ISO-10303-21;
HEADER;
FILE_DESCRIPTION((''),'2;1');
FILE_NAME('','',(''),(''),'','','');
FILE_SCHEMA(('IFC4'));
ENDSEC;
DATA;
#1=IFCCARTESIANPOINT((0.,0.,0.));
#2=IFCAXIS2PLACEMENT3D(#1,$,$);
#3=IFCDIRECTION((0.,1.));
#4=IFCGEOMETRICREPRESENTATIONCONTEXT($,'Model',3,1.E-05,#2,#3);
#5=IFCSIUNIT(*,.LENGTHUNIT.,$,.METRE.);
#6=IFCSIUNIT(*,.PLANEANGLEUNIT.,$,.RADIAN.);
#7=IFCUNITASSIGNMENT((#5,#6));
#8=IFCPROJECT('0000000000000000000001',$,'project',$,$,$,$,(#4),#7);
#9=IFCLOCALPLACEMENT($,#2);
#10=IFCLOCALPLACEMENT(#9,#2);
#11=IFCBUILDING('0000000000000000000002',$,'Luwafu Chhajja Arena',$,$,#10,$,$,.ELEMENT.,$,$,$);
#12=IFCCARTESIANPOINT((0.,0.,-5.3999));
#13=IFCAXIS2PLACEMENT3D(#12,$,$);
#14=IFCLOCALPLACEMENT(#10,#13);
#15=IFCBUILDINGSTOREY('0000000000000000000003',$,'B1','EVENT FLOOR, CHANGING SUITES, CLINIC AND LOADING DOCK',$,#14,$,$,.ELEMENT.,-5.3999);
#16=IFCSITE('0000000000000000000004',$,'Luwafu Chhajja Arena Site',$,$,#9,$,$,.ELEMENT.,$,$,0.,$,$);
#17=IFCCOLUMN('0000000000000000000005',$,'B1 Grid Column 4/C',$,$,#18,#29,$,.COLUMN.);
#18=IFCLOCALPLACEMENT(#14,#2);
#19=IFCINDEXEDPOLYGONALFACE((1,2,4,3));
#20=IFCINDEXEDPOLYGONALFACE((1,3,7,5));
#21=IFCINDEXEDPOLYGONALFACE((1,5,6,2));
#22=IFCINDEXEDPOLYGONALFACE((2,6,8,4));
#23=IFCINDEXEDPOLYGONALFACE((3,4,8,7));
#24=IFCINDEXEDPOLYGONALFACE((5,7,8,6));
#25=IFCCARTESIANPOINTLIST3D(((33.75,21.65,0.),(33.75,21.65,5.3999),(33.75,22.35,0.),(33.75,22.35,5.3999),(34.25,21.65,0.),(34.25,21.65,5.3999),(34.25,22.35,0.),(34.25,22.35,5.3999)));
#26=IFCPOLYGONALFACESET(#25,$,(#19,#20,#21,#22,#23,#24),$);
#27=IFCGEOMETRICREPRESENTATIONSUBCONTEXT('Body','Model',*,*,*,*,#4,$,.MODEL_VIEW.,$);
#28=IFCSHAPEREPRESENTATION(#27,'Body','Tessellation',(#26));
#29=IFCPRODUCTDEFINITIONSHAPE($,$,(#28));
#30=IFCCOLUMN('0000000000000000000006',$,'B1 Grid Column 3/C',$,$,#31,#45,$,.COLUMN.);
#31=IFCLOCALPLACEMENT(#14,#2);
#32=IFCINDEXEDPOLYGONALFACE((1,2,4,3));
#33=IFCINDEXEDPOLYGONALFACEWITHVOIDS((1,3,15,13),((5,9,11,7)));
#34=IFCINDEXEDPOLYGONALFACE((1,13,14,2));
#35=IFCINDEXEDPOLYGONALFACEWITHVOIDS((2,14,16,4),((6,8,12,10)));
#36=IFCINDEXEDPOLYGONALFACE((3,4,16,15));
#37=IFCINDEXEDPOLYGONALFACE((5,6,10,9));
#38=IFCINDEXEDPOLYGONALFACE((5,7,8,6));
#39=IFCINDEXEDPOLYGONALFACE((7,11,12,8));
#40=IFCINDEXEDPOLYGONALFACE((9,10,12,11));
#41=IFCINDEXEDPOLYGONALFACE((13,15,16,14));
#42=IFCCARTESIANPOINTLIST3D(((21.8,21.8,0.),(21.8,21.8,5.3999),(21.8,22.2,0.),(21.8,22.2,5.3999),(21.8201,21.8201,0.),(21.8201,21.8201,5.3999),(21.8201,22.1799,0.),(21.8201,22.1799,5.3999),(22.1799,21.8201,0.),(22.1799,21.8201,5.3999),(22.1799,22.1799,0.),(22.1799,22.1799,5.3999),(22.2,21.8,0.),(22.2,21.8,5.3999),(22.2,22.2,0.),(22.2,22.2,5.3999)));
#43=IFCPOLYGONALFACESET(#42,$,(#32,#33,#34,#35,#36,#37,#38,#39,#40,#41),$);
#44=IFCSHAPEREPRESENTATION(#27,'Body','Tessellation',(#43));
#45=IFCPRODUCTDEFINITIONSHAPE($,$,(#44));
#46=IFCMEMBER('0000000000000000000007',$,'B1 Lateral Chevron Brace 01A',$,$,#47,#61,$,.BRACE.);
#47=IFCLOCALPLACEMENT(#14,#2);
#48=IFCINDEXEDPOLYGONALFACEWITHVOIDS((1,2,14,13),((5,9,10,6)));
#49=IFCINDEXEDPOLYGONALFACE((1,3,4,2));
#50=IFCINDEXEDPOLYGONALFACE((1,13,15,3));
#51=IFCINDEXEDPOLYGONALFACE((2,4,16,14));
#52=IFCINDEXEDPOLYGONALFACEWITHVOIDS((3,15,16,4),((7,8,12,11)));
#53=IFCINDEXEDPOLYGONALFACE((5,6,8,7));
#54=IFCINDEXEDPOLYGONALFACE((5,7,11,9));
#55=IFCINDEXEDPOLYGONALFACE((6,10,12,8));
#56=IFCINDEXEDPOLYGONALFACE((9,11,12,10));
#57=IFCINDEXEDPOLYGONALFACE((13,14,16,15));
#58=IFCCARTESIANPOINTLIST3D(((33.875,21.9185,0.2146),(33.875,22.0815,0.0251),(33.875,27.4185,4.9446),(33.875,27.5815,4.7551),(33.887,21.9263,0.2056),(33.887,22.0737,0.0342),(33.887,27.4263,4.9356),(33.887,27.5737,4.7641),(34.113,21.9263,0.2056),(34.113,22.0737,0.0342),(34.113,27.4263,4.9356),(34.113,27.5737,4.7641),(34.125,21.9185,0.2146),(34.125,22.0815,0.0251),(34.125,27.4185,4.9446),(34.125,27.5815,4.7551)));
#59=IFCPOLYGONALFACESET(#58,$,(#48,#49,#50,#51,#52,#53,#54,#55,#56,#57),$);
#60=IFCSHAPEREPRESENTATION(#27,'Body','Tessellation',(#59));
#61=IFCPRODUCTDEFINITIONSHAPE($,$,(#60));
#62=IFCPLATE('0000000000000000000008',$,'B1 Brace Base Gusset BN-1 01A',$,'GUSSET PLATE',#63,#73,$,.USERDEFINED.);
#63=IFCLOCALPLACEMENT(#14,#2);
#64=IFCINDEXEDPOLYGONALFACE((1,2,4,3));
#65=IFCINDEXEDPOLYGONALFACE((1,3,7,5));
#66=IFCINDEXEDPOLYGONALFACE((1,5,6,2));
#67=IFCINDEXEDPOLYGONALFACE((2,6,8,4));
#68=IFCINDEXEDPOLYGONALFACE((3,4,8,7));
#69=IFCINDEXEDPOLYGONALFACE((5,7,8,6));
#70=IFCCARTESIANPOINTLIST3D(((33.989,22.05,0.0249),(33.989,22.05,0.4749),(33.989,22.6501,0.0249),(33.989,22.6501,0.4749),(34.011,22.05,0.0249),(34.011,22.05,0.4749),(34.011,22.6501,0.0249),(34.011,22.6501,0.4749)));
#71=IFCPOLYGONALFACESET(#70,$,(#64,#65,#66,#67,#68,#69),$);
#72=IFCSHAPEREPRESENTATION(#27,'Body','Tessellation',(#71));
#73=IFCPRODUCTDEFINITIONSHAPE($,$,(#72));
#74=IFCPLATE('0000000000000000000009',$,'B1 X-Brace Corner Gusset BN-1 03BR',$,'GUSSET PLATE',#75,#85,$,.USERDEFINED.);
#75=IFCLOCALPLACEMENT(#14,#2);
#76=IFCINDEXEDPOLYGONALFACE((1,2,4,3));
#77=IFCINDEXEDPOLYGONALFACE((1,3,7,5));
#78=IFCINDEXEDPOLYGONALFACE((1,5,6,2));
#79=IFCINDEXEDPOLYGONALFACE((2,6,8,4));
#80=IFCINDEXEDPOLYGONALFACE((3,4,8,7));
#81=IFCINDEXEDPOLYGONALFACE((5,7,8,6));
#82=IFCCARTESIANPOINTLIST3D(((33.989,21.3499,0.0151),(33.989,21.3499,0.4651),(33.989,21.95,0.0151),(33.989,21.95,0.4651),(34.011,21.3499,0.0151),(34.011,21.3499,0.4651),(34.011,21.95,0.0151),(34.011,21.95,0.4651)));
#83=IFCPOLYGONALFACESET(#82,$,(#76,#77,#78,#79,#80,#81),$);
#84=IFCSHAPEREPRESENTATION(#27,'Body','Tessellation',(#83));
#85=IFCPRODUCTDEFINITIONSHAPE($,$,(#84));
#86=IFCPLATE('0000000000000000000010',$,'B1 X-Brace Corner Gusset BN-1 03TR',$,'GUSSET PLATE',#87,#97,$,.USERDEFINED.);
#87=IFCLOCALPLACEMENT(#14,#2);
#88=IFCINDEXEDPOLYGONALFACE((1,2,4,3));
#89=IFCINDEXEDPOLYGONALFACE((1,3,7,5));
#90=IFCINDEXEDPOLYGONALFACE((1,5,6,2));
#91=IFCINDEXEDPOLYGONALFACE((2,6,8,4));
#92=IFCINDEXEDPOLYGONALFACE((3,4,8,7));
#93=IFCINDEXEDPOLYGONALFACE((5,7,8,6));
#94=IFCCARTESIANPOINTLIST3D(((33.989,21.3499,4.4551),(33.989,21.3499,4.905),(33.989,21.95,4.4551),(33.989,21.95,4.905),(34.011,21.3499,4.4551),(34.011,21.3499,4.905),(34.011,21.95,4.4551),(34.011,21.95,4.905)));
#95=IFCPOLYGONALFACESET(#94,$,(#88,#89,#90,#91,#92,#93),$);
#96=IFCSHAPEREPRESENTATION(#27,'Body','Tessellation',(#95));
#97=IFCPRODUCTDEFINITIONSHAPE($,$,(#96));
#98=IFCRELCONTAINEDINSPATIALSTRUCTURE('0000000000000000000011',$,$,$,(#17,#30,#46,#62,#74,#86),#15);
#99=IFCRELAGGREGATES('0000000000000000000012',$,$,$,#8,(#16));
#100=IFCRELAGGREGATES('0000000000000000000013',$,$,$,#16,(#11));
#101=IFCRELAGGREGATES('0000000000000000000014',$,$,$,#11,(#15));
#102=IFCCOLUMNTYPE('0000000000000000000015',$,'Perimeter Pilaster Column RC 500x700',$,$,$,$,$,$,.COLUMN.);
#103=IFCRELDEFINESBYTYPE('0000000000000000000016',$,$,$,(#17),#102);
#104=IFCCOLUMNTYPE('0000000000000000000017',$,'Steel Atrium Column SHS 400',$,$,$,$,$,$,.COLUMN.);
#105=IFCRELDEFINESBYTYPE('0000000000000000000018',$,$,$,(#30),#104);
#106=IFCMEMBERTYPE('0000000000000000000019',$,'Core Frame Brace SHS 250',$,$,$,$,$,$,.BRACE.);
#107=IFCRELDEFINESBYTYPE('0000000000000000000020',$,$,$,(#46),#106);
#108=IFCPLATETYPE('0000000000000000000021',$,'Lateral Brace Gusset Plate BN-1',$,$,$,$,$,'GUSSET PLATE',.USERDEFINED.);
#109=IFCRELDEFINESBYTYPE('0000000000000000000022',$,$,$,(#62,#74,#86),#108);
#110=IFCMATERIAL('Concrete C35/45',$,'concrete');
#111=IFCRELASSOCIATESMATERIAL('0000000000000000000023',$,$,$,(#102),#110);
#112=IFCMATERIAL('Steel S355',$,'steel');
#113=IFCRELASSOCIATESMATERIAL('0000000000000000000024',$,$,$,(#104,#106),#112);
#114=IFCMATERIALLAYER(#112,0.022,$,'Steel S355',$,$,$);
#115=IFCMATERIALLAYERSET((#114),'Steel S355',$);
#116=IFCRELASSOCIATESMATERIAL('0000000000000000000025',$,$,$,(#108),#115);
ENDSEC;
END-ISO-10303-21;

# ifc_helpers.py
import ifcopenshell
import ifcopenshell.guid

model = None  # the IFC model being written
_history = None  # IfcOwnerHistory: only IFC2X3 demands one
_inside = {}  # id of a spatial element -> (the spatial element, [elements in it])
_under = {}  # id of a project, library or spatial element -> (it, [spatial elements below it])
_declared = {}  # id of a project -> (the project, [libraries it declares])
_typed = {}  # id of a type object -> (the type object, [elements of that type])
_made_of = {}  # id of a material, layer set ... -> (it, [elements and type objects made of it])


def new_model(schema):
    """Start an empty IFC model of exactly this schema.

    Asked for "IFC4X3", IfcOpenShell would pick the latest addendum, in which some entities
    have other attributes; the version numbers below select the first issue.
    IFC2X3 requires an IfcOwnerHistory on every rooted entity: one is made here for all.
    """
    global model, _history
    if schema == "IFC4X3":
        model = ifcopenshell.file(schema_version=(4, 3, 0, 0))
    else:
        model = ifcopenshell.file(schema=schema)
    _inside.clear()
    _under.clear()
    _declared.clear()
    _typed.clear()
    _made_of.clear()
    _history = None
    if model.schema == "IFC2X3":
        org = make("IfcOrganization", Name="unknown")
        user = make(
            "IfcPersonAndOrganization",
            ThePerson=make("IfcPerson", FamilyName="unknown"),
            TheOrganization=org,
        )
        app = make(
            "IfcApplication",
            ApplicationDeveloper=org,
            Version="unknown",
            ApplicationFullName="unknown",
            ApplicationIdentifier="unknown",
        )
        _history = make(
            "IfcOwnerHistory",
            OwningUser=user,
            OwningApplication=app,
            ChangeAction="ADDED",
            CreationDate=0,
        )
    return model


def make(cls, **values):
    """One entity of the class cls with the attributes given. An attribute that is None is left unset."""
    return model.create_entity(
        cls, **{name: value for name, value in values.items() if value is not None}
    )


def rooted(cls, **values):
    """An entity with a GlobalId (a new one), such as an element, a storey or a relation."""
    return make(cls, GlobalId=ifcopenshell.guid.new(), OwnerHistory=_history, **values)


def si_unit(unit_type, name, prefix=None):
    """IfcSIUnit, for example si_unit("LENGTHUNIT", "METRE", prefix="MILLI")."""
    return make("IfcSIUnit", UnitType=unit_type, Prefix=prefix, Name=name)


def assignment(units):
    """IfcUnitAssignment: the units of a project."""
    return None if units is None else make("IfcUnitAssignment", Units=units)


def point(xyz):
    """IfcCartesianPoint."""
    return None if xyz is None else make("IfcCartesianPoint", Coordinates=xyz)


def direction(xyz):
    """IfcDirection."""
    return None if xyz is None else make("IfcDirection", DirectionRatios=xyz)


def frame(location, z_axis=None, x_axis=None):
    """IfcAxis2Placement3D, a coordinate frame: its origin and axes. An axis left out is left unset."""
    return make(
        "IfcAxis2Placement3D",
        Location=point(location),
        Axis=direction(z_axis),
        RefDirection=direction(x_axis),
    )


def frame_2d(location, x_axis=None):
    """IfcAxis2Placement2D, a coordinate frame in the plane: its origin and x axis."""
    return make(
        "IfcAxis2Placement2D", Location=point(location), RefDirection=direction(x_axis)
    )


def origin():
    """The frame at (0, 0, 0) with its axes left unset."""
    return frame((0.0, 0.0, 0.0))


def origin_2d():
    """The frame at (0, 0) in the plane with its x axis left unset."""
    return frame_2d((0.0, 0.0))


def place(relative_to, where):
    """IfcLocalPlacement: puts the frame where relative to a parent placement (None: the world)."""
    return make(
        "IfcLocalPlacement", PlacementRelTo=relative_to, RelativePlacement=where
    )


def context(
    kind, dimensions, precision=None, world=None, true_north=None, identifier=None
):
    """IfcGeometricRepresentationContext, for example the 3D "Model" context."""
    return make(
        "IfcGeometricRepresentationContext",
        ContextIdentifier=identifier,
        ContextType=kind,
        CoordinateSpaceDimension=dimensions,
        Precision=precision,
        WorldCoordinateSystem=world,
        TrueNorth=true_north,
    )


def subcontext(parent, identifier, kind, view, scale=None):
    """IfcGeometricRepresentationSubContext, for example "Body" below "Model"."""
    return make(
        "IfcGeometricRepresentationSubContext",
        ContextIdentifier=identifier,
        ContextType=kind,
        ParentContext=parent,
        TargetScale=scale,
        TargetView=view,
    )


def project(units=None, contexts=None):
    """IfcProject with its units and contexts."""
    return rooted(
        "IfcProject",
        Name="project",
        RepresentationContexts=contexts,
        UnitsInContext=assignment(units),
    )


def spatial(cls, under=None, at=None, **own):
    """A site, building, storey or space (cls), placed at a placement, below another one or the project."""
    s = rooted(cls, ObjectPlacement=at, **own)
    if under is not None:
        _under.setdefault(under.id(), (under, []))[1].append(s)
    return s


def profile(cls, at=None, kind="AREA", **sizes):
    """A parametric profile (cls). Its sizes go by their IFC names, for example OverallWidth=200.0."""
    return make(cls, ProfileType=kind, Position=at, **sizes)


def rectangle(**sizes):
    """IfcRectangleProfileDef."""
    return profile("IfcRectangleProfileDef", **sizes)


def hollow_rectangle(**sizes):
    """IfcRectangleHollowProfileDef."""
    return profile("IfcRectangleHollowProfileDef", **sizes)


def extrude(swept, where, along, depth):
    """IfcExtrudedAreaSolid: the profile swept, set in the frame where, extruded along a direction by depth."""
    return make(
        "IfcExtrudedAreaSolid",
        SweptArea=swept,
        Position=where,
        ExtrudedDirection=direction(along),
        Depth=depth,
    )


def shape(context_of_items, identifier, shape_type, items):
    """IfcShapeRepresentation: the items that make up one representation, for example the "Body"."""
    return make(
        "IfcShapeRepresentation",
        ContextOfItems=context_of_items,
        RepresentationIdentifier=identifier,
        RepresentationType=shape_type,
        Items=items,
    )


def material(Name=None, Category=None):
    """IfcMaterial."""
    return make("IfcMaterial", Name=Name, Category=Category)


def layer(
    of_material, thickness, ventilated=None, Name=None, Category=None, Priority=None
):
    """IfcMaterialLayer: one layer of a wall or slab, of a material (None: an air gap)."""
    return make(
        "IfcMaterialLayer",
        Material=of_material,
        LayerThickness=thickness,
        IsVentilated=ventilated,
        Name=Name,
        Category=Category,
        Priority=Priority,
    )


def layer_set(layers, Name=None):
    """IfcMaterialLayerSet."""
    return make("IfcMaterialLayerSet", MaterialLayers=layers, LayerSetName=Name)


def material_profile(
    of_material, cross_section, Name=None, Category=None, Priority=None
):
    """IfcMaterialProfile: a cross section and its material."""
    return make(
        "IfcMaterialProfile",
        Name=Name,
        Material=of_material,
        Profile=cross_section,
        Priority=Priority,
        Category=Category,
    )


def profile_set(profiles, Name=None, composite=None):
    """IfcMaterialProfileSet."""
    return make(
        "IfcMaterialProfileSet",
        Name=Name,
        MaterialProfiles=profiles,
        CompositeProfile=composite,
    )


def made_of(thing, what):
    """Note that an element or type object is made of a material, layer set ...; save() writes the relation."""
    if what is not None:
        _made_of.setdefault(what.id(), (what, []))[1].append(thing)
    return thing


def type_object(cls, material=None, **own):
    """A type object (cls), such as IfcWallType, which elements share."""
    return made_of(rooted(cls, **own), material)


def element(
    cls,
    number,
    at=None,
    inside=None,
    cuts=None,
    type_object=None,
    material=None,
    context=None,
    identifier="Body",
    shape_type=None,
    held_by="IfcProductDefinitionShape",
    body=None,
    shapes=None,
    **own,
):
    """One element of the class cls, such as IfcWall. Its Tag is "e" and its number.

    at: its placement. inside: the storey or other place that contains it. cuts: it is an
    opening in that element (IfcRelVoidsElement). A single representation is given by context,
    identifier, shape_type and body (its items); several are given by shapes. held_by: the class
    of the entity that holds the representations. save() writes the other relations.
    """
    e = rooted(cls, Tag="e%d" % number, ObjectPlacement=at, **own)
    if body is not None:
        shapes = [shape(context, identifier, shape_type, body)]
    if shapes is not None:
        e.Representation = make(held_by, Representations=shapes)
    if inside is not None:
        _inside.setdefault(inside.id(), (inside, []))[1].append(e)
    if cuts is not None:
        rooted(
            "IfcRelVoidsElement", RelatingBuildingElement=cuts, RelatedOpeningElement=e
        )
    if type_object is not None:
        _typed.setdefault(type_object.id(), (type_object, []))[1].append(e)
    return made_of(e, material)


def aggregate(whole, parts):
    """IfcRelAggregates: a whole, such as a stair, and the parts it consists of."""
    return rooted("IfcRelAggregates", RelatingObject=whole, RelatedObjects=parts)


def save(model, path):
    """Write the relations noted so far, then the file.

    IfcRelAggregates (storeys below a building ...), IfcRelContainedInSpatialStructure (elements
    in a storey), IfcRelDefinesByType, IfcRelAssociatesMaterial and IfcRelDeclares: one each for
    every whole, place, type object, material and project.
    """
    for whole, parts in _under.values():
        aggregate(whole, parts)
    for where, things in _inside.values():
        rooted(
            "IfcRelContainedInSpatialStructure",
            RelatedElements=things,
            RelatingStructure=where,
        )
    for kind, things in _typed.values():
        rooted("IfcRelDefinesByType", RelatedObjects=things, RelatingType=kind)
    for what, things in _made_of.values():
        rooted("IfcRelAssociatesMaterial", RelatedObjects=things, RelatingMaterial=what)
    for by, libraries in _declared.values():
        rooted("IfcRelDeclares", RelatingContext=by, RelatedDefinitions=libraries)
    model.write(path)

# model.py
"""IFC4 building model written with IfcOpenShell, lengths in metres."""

from ifc_helpers import new_model, si_unit, direction, frame, origin, origin_2d, place, context, subcontext, project, spatial, rectangle, hollow_rectangle, extrude, material, layer, layer_set, material_profile, profile_set, type_object, element, save


model = new_model("IFC4")

# Units and contexts
model_context = context("Model", 3, precision=1e-05, world=origin(), true_north=direction((0.0, 1.0)))
body_context = subcontext(model_context, "Body", "Model", "MODEL_VIEW")
ifc_project = project(units=[si_unit("LENGTHUNIT", "METRE"), si_unit("PLANEANGLEUNIT", "RADIAN")], contexts=[model_context])

# Site, building, storey
site_placement = place(None, origin())
site = spatial("IfcSite", under=ifc_project, at=site_placement, Name="Luwafu Chhajja Arena Site", CompositionType="ELEMENT", RefElevation=0.0)
building_placement = place(site_placement, origin())
building = spatial("IfcBuilding", under=site, at=building_placement, Name="Luwafu Chhajja Arena", CompositionType="ELEMENT")
storey_placement = place(building_placement, frame((0.0, 0.0, -5.3999)))
storey = spatial("IfcBuildingStorey", under=building, at=storey_placement, Name="B1", Description="EVENT FLOOR, CHANGING SUITES, CLINIC AND LOADING DOCK", CompositionType="ELEMENT", Elevation=-5.3999)

# Shared definitions
ifc_material_1 = material(Name="Concrete C35/45", Category="concrete")

# Columns
ifc_material_profile_1 = material_profile(ifc_material_1, rectangle(XDim=0.5, YDim=0.7, at=origin_2d()), Name="RC 500x700")
ifc_profile_set_1 = profile_set([ifc_material_profile_1], Name="Concrete C35/45")
column_type_1 = type_object("IfcColumnType", Name="Perimeter Pilaster Column RC 500x700", PredefinedType="COLUMN", material=ifc_profile_set_1)
column_1_placement = place(storey_placement, frame((34.0, 22.0, 0.0), z_axis=(0.0, 0.0, 1.0), x_axis=(1.0, 0.0, 0.0)))
element("IfcColumn", 1, at=column_1_placement, inside=storey, type_object=column_type_1, Name="B1 Grid Column 4/C", PredefinedType="COLUMN", context=body_context, shape_type="SweptSolid", body=[
    extrude(rectangle(XDim=0.5, YDim=0.7, at=origin_2d()), origin(), (0.0, 0.0, 1.0), 5.3999),
])
ifc_material_2 = material(Name="Steel S355", Category="steel")
ifc_material_profile_2 = material_profile(ifc_material_2, hollow_rectangle(XDim=0.3999, YDim=0.3999, WallThickness=0.02, at=origin_2d()), Name="SHS 400x400x20")
ifc_profile_set_2 = profile_set([ifc_material_profile_2], Name="Steel S355")
column_type_2 = type_object("IfcColumnType", Name="Steel Atrium Column SHS 400", PredefinedType="COLUMN", material=ifc_profile_set_2)
column_2_placement = place(storey_placement, frame((22.0, 22.0, 0.0), z_axis=(0.0, 0.0, 1.0), x_axis=(1.0, 0.0, 0.0)))
element("IfcColumn", 2, at=column_2_placement, inside=storey, type_object=column_type_2, Name="B1 Grid Column 3/C", PredefinedType="COLUMN", context=body_context, shape_type="SweptSolid", body=[
    extrude(hollow_rectangle(XDim=0.3999, YDim=0.3999, WallThickness=0.02, at=origin_2d()), origin(), (0.0, 0.0, 1.0), 5.3999),
])

# Member
ifc_material_profile_3 = material_profile(ifc_material_2, hollow_rectangle(XDim=0.25, YDim=0.25, WallThickness=0.012, at=origin_2d()), Name="SHS 250x250x12")
ifc_profile_set_3 = profile_set([ifc_material_profile_3], Name="Steel S355")
member_type = type_object("IfcMemberType", Name="Core Frame Brace SHS 250", PredefinedType="BRACE", material=ifc_profile_set_3)
member_placement = place(storey_placement, frame((34.0, 22.0, 0.1199), z_axis=(0.0, 0.758187, 0.652038), x_axis=(-1.0, 0.0, 0.0)))
element("IfcMember", 3, at=member_placement, inside=storey, type_object=member_type, Name="B1 Lateral Chevron Brace 01A", PredefinedType="BRACE", context=body_context, shape_type="SweptSolid", body=[
    extrude(hollow_rectangle(XDim=0.25, YDim=0.25, WallThickness=0.012, at=origin_2d()), origin(), (0.0, 0.0, 1.0), 7.2542),
])

# Plates
ifc_layer = layer(ifc_material_2, 0.022, Name="Steel S355")
ifc_layer_set = layer_set([ifc_layer], Name="Steel S355")
plate_type = type_object("IfcPlateType", Name="Lateral Brace Gusset Plate BN-1", ElementType="GUSSET PLATE", PredefinedType="USERDEFINED", material=ifc_layer_set)
for number, where, z_axis, x_axis, name in (
    (4, (34.0, 22.3501, 0.0249), (0.0, 0.0, 1.0), (1.0, 0.0, 0.0), "B1 Brace Base Gusset BN-1 01A"),
    (5, (34.0, 21.6499, 0.0151), (0.0, 0.0, 1.0), (1.0, 0.0, 0.0), "B1 X-Brace Corner Gusset BN-1 03BR"),
    (6, (34.0, 21.6499, 4.4551), (0.0, 0.0, 1.0), (1.0, 0.0, 0.0), "B1 X-Brace Corner Gusset BN-1 03TR"),
):
    element("IfcPlate", number, at=place(storey_placement, frame(where, z_axis=z_axis, x_axis=x_axis)), inside=storey, type_object=plate_type, Name=name, ObjectType="GUSSET PLATE", PredefinedType="USERDEFINED", context=body_context, shape_type="SweptSolid", body=[
        extrude(rectangle(XDim=0.022, YDim=0.6001, at=origin_2d()), origin(), (0.0, 0.0, 1.0), 0.45),
    ])

save(model, "model.ifc")
